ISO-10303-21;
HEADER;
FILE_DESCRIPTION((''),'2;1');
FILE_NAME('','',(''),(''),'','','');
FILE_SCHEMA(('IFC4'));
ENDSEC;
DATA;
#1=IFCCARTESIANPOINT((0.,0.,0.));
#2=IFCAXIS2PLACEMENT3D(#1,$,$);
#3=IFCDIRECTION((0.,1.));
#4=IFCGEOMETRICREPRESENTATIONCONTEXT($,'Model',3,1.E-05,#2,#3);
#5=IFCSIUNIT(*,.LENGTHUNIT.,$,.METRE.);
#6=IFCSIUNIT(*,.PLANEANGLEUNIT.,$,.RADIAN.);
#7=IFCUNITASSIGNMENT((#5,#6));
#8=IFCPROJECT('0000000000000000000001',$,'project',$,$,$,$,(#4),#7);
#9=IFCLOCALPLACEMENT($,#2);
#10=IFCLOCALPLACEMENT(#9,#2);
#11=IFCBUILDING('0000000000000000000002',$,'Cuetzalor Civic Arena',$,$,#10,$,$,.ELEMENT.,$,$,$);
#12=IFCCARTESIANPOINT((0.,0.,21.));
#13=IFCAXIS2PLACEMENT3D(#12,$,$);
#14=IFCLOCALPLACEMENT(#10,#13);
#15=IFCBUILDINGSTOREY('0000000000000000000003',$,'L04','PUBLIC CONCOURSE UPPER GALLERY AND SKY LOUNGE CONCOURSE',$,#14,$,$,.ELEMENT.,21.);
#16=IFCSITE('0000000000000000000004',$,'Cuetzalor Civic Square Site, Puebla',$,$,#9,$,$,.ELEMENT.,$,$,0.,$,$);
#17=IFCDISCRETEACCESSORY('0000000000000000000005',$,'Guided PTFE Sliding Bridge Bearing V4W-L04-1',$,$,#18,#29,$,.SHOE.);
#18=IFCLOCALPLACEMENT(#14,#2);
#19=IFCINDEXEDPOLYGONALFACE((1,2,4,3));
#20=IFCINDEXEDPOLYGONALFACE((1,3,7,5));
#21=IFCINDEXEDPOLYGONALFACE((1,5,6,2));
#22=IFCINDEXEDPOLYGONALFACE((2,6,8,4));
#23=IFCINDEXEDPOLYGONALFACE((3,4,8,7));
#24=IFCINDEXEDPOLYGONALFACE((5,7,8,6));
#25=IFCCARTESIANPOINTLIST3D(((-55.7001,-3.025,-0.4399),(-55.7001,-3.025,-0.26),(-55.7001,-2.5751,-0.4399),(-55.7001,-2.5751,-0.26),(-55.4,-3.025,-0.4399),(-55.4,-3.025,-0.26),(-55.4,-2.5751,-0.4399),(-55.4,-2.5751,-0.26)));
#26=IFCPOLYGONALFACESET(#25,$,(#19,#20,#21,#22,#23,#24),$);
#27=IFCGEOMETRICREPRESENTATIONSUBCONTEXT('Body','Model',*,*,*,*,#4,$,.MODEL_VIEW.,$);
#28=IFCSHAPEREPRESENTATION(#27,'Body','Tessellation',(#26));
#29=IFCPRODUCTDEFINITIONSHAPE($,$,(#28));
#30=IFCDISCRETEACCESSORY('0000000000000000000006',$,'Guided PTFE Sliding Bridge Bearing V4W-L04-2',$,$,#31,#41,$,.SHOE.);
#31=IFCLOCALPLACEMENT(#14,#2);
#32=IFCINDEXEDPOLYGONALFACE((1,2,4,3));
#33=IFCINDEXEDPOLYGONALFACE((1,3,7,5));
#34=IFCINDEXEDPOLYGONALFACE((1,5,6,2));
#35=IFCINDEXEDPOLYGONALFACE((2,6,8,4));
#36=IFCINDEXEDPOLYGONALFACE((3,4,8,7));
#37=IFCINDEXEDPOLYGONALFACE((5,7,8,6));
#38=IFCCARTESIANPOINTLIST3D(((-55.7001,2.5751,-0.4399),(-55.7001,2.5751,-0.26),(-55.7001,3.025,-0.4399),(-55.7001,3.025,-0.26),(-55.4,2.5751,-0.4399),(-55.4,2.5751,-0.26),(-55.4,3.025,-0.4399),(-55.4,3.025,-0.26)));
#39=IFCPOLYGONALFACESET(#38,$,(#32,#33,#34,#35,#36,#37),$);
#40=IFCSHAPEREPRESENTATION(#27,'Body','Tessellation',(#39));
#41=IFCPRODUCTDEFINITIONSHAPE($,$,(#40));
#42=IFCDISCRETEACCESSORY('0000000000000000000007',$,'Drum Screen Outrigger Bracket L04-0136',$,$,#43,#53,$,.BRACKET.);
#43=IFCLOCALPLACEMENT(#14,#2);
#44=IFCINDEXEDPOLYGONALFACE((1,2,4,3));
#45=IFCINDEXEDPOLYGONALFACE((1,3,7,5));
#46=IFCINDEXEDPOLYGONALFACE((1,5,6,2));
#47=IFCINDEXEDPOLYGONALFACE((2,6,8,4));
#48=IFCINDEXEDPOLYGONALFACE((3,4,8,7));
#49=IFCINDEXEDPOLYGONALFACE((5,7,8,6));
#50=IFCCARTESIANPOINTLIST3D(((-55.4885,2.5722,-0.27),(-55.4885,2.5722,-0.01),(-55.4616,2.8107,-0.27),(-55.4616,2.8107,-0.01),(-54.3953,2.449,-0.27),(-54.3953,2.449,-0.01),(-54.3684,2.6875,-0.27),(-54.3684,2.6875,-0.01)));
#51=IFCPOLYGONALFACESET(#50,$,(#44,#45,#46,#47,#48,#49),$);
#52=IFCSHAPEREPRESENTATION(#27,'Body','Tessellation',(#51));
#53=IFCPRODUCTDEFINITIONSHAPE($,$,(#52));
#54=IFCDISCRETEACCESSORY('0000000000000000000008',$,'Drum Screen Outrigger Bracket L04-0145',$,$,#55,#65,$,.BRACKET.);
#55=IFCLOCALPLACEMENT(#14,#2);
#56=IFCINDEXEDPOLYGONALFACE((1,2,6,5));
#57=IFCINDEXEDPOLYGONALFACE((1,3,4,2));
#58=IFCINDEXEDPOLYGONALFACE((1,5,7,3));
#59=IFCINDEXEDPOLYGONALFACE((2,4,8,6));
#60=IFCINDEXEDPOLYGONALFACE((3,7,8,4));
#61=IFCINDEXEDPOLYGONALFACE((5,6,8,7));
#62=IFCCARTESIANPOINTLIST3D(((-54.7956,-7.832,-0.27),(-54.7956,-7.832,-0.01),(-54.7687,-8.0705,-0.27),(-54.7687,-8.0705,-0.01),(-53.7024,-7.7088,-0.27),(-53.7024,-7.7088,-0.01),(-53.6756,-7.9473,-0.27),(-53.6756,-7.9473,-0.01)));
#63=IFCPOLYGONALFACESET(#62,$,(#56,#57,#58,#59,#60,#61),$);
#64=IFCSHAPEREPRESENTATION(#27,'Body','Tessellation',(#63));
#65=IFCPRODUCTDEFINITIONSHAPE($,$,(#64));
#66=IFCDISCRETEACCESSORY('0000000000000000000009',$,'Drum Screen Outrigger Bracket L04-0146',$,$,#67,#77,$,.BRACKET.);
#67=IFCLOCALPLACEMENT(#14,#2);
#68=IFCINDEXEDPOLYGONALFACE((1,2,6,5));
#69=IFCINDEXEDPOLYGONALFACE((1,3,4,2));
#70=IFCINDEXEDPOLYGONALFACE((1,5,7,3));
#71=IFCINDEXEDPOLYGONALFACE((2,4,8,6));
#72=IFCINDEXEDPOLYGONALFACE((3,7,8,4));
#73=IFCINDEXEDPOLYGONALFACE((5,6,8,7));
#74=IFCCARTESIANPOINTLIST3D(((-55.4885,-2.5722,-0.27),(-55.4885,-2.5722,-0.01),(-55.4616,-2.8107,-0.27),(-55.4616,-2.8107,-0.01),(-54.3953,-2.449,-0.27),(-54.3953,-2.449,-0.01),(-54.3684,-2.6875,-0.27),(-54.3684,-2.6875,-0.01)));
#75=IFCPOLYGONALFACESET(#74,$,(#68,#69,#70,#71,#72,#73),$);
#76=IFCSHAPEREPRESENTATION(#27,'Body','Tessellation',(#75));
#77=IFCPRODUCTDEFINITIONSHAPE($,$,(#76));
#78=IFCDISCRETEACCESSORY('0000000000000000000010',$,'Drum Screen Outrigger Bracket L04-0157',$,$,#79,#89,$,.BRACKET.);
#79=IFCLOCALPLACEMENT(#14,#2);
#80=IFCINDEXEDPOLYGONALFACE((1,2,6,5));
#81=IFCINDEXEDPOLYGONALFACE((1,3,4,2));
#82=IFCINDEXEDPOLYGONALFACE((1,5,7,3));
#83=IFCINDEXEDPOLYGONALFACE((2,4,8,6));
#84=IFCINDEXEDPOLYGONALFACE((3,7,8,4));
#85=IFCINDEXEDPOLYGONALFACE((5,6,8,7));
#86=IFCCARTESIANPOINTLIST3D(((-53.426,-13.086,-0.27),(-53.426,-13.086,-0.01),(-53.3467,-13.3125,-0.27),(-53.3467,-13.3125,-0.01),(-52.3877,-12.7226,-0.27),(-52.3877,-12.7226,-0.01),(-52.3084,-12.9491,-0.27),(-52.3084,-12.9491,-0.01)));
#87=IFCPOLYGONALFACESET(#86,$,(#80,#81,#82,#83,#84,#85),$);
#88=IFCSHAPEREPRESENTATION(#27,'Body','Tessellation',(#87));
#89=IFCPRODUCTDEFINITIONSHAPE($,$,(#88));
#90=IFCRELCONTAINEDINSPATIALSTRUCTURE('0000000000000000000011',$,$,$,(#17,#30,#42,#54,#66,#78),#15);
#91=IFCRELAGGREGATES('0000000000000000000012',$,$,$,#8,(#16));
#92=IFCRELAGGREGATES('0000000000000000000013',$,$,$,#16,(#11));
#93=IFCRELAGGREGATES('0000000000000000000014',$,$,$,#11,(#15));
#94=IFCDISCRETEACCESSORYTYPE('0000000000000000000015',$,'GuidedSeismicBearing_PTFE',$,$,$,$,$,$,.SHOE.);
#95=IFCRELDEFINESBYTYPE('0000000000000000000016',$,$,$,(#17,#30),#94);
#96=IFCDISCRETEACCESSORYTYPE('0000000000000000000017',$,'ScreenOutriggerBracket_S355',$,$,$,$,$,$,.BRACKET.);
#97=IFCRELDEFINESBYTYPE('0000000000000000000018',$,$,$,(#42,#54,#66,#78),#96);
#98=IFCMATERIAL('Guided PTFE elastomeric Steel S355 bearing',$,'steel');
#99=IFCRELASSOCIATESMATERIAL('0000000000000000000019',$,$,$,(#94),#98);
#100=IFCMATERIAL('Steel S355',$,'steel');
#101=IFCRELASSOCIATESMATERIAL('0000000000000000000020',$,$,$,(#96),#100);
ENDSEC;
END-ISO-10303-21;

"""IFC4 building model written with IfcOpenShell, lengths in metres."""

from ifc_helpers import new_model, si_unit, direction, frame, origin, origin_2d, place, context, subcontext, project, spatial, rectangle, extrude, material, type_object, element, save


model = new_model("IFC4")

# Units and contexts
model_context = context("Model", 3, precision=1e-05, world=origin(), true_north=direction((0.0, 1.0)))
body_context = subcontext(model_context, "Body", "Model", "MODEL_VIEW")
ifc_project = project(units=[si_unit("LENGTHUNIT", "METRE"), si_unit("PLANEANGLEUNIT", "RADIAN")], contexts=[model_context])

# Site, building, storey
site_placement = place(None, origin())
site = spatial("IfcSite", under=ifc_project, at=site_placement, Name="Cuetzalor Civic Square Site, Puebla", CompositionType="ELEMENT", RefElevation=0.0)
building_placement = place(site_placement, origin())
building = spatial("IfcBuilding", under=site, at=building_placement, Name="Cuetzalor Civic Arena", CompositionType="ELEMENT")
storey_placement = place(building_placement, frame((0.0, 0.0, 21.0)))
storey = spatial("IfcBuildingStorey", under=building, at=storey_placement, Name="L04", Description="PUBLIC CONCOURSE UPPER GALLERY AND SKY LOUNGE CONCOURSE", CompositionType="ELEMENT", Elevation=21.0)

# Discrete accessories
ifc_material_1 = material(Name="Guided PTFE elastomeric Steel S355 bearing", Category="steel")
discrete_accessory_type_1 = type_object("IfcDiscreteAccessoryType", Name="GuidedSeismicBearing_PTFE", PredefinedType="SHOE", material=ifc_material_1)
for number, where, z_axis, x_axis, name in (
    (1, (-55.55, -2.8, -0.4399), (0.0, 0.0, 1.0), (1.0, 0.0, 0.0), "Guided PTFE Sliding Bridge Bearing V4W-L04-1"),
    (2, (-55.55, 2.8, -0.4399), (0.0, 0.0, 1.0), (1.0, 0.0, 0.0), "Guided PTFE Sliding Bridge Bearing V4W-L04-2"),
):
    element("IfcDiscreteAccessory", number, at=place(storey_placement, frame(where, z_axis=z_axis, x_axis=x_axis)), inside=storey, type_object=discrete_accessory_type_1, Name=name, PredefinedType="SHOE", context=body_context, shape_type="SweptSolid", body=[
        extrude(rectangle(XDim=0.3, YDim=0.45, at=origin_2d()), origin(), (0.0, 0.0, 1.0), 0.1799),
    ])
ifc_material_2 = material(Name="Steel S355", Category="steel")
discrete_accessory_type_2 = type_object("IfcDiscreteAccessoryType", Name="ScreenOutriggerBracket_S355", PredefinedType="BRACKET", material=ifc_material_2)
for number, where, z_axis, x_axis, name in (
    (3, (-54.9285, 2.6299, -0.27), (0.0, 0.0, 1.0), (-0.993709, 0.111989, 0.0), "Drum Screen Outrigger Bracket L04-0136"),
    (4, (-54.2356, -7.8896, -0.27), (0.0, 0.0, 1.0), (-0.993709, -0.111989, 0.0), "Drum Screen Outrigger Bracket L04-0145"),
    (5, (-54.9285, -2.6299, -0.27), (0.0, 0.0, 1.0), (-0.993709, -0.111989, 0.0), "Drum Screen Outrigger Bracket L04-0146"),
    (6, (-52.8672, -13.0176, -0.27), (0.0, 0.0, 1.0), (-0.943859, -0.33035, 0.0), "Drum Screen Outrigger Bracket L04-0157"),
):
    element("IfcDiscreteAccessory", number, at=place(storey_placement, frame(where, z_axis=z_axis, x_axis=x_axis)), inside=storey, type_object=discrete_accessory_type_2, Name=name, PredefinedType="BRACKET", context=body_context, shape_type="SweptSolid", body=[
        extrude(rectangle(XDim=1.1001, YDim=0.24, at=origin_2d()), origin(), (0.0, 0.0, 1.0), 0.26),
    ])

save(model, "model.ifc")
